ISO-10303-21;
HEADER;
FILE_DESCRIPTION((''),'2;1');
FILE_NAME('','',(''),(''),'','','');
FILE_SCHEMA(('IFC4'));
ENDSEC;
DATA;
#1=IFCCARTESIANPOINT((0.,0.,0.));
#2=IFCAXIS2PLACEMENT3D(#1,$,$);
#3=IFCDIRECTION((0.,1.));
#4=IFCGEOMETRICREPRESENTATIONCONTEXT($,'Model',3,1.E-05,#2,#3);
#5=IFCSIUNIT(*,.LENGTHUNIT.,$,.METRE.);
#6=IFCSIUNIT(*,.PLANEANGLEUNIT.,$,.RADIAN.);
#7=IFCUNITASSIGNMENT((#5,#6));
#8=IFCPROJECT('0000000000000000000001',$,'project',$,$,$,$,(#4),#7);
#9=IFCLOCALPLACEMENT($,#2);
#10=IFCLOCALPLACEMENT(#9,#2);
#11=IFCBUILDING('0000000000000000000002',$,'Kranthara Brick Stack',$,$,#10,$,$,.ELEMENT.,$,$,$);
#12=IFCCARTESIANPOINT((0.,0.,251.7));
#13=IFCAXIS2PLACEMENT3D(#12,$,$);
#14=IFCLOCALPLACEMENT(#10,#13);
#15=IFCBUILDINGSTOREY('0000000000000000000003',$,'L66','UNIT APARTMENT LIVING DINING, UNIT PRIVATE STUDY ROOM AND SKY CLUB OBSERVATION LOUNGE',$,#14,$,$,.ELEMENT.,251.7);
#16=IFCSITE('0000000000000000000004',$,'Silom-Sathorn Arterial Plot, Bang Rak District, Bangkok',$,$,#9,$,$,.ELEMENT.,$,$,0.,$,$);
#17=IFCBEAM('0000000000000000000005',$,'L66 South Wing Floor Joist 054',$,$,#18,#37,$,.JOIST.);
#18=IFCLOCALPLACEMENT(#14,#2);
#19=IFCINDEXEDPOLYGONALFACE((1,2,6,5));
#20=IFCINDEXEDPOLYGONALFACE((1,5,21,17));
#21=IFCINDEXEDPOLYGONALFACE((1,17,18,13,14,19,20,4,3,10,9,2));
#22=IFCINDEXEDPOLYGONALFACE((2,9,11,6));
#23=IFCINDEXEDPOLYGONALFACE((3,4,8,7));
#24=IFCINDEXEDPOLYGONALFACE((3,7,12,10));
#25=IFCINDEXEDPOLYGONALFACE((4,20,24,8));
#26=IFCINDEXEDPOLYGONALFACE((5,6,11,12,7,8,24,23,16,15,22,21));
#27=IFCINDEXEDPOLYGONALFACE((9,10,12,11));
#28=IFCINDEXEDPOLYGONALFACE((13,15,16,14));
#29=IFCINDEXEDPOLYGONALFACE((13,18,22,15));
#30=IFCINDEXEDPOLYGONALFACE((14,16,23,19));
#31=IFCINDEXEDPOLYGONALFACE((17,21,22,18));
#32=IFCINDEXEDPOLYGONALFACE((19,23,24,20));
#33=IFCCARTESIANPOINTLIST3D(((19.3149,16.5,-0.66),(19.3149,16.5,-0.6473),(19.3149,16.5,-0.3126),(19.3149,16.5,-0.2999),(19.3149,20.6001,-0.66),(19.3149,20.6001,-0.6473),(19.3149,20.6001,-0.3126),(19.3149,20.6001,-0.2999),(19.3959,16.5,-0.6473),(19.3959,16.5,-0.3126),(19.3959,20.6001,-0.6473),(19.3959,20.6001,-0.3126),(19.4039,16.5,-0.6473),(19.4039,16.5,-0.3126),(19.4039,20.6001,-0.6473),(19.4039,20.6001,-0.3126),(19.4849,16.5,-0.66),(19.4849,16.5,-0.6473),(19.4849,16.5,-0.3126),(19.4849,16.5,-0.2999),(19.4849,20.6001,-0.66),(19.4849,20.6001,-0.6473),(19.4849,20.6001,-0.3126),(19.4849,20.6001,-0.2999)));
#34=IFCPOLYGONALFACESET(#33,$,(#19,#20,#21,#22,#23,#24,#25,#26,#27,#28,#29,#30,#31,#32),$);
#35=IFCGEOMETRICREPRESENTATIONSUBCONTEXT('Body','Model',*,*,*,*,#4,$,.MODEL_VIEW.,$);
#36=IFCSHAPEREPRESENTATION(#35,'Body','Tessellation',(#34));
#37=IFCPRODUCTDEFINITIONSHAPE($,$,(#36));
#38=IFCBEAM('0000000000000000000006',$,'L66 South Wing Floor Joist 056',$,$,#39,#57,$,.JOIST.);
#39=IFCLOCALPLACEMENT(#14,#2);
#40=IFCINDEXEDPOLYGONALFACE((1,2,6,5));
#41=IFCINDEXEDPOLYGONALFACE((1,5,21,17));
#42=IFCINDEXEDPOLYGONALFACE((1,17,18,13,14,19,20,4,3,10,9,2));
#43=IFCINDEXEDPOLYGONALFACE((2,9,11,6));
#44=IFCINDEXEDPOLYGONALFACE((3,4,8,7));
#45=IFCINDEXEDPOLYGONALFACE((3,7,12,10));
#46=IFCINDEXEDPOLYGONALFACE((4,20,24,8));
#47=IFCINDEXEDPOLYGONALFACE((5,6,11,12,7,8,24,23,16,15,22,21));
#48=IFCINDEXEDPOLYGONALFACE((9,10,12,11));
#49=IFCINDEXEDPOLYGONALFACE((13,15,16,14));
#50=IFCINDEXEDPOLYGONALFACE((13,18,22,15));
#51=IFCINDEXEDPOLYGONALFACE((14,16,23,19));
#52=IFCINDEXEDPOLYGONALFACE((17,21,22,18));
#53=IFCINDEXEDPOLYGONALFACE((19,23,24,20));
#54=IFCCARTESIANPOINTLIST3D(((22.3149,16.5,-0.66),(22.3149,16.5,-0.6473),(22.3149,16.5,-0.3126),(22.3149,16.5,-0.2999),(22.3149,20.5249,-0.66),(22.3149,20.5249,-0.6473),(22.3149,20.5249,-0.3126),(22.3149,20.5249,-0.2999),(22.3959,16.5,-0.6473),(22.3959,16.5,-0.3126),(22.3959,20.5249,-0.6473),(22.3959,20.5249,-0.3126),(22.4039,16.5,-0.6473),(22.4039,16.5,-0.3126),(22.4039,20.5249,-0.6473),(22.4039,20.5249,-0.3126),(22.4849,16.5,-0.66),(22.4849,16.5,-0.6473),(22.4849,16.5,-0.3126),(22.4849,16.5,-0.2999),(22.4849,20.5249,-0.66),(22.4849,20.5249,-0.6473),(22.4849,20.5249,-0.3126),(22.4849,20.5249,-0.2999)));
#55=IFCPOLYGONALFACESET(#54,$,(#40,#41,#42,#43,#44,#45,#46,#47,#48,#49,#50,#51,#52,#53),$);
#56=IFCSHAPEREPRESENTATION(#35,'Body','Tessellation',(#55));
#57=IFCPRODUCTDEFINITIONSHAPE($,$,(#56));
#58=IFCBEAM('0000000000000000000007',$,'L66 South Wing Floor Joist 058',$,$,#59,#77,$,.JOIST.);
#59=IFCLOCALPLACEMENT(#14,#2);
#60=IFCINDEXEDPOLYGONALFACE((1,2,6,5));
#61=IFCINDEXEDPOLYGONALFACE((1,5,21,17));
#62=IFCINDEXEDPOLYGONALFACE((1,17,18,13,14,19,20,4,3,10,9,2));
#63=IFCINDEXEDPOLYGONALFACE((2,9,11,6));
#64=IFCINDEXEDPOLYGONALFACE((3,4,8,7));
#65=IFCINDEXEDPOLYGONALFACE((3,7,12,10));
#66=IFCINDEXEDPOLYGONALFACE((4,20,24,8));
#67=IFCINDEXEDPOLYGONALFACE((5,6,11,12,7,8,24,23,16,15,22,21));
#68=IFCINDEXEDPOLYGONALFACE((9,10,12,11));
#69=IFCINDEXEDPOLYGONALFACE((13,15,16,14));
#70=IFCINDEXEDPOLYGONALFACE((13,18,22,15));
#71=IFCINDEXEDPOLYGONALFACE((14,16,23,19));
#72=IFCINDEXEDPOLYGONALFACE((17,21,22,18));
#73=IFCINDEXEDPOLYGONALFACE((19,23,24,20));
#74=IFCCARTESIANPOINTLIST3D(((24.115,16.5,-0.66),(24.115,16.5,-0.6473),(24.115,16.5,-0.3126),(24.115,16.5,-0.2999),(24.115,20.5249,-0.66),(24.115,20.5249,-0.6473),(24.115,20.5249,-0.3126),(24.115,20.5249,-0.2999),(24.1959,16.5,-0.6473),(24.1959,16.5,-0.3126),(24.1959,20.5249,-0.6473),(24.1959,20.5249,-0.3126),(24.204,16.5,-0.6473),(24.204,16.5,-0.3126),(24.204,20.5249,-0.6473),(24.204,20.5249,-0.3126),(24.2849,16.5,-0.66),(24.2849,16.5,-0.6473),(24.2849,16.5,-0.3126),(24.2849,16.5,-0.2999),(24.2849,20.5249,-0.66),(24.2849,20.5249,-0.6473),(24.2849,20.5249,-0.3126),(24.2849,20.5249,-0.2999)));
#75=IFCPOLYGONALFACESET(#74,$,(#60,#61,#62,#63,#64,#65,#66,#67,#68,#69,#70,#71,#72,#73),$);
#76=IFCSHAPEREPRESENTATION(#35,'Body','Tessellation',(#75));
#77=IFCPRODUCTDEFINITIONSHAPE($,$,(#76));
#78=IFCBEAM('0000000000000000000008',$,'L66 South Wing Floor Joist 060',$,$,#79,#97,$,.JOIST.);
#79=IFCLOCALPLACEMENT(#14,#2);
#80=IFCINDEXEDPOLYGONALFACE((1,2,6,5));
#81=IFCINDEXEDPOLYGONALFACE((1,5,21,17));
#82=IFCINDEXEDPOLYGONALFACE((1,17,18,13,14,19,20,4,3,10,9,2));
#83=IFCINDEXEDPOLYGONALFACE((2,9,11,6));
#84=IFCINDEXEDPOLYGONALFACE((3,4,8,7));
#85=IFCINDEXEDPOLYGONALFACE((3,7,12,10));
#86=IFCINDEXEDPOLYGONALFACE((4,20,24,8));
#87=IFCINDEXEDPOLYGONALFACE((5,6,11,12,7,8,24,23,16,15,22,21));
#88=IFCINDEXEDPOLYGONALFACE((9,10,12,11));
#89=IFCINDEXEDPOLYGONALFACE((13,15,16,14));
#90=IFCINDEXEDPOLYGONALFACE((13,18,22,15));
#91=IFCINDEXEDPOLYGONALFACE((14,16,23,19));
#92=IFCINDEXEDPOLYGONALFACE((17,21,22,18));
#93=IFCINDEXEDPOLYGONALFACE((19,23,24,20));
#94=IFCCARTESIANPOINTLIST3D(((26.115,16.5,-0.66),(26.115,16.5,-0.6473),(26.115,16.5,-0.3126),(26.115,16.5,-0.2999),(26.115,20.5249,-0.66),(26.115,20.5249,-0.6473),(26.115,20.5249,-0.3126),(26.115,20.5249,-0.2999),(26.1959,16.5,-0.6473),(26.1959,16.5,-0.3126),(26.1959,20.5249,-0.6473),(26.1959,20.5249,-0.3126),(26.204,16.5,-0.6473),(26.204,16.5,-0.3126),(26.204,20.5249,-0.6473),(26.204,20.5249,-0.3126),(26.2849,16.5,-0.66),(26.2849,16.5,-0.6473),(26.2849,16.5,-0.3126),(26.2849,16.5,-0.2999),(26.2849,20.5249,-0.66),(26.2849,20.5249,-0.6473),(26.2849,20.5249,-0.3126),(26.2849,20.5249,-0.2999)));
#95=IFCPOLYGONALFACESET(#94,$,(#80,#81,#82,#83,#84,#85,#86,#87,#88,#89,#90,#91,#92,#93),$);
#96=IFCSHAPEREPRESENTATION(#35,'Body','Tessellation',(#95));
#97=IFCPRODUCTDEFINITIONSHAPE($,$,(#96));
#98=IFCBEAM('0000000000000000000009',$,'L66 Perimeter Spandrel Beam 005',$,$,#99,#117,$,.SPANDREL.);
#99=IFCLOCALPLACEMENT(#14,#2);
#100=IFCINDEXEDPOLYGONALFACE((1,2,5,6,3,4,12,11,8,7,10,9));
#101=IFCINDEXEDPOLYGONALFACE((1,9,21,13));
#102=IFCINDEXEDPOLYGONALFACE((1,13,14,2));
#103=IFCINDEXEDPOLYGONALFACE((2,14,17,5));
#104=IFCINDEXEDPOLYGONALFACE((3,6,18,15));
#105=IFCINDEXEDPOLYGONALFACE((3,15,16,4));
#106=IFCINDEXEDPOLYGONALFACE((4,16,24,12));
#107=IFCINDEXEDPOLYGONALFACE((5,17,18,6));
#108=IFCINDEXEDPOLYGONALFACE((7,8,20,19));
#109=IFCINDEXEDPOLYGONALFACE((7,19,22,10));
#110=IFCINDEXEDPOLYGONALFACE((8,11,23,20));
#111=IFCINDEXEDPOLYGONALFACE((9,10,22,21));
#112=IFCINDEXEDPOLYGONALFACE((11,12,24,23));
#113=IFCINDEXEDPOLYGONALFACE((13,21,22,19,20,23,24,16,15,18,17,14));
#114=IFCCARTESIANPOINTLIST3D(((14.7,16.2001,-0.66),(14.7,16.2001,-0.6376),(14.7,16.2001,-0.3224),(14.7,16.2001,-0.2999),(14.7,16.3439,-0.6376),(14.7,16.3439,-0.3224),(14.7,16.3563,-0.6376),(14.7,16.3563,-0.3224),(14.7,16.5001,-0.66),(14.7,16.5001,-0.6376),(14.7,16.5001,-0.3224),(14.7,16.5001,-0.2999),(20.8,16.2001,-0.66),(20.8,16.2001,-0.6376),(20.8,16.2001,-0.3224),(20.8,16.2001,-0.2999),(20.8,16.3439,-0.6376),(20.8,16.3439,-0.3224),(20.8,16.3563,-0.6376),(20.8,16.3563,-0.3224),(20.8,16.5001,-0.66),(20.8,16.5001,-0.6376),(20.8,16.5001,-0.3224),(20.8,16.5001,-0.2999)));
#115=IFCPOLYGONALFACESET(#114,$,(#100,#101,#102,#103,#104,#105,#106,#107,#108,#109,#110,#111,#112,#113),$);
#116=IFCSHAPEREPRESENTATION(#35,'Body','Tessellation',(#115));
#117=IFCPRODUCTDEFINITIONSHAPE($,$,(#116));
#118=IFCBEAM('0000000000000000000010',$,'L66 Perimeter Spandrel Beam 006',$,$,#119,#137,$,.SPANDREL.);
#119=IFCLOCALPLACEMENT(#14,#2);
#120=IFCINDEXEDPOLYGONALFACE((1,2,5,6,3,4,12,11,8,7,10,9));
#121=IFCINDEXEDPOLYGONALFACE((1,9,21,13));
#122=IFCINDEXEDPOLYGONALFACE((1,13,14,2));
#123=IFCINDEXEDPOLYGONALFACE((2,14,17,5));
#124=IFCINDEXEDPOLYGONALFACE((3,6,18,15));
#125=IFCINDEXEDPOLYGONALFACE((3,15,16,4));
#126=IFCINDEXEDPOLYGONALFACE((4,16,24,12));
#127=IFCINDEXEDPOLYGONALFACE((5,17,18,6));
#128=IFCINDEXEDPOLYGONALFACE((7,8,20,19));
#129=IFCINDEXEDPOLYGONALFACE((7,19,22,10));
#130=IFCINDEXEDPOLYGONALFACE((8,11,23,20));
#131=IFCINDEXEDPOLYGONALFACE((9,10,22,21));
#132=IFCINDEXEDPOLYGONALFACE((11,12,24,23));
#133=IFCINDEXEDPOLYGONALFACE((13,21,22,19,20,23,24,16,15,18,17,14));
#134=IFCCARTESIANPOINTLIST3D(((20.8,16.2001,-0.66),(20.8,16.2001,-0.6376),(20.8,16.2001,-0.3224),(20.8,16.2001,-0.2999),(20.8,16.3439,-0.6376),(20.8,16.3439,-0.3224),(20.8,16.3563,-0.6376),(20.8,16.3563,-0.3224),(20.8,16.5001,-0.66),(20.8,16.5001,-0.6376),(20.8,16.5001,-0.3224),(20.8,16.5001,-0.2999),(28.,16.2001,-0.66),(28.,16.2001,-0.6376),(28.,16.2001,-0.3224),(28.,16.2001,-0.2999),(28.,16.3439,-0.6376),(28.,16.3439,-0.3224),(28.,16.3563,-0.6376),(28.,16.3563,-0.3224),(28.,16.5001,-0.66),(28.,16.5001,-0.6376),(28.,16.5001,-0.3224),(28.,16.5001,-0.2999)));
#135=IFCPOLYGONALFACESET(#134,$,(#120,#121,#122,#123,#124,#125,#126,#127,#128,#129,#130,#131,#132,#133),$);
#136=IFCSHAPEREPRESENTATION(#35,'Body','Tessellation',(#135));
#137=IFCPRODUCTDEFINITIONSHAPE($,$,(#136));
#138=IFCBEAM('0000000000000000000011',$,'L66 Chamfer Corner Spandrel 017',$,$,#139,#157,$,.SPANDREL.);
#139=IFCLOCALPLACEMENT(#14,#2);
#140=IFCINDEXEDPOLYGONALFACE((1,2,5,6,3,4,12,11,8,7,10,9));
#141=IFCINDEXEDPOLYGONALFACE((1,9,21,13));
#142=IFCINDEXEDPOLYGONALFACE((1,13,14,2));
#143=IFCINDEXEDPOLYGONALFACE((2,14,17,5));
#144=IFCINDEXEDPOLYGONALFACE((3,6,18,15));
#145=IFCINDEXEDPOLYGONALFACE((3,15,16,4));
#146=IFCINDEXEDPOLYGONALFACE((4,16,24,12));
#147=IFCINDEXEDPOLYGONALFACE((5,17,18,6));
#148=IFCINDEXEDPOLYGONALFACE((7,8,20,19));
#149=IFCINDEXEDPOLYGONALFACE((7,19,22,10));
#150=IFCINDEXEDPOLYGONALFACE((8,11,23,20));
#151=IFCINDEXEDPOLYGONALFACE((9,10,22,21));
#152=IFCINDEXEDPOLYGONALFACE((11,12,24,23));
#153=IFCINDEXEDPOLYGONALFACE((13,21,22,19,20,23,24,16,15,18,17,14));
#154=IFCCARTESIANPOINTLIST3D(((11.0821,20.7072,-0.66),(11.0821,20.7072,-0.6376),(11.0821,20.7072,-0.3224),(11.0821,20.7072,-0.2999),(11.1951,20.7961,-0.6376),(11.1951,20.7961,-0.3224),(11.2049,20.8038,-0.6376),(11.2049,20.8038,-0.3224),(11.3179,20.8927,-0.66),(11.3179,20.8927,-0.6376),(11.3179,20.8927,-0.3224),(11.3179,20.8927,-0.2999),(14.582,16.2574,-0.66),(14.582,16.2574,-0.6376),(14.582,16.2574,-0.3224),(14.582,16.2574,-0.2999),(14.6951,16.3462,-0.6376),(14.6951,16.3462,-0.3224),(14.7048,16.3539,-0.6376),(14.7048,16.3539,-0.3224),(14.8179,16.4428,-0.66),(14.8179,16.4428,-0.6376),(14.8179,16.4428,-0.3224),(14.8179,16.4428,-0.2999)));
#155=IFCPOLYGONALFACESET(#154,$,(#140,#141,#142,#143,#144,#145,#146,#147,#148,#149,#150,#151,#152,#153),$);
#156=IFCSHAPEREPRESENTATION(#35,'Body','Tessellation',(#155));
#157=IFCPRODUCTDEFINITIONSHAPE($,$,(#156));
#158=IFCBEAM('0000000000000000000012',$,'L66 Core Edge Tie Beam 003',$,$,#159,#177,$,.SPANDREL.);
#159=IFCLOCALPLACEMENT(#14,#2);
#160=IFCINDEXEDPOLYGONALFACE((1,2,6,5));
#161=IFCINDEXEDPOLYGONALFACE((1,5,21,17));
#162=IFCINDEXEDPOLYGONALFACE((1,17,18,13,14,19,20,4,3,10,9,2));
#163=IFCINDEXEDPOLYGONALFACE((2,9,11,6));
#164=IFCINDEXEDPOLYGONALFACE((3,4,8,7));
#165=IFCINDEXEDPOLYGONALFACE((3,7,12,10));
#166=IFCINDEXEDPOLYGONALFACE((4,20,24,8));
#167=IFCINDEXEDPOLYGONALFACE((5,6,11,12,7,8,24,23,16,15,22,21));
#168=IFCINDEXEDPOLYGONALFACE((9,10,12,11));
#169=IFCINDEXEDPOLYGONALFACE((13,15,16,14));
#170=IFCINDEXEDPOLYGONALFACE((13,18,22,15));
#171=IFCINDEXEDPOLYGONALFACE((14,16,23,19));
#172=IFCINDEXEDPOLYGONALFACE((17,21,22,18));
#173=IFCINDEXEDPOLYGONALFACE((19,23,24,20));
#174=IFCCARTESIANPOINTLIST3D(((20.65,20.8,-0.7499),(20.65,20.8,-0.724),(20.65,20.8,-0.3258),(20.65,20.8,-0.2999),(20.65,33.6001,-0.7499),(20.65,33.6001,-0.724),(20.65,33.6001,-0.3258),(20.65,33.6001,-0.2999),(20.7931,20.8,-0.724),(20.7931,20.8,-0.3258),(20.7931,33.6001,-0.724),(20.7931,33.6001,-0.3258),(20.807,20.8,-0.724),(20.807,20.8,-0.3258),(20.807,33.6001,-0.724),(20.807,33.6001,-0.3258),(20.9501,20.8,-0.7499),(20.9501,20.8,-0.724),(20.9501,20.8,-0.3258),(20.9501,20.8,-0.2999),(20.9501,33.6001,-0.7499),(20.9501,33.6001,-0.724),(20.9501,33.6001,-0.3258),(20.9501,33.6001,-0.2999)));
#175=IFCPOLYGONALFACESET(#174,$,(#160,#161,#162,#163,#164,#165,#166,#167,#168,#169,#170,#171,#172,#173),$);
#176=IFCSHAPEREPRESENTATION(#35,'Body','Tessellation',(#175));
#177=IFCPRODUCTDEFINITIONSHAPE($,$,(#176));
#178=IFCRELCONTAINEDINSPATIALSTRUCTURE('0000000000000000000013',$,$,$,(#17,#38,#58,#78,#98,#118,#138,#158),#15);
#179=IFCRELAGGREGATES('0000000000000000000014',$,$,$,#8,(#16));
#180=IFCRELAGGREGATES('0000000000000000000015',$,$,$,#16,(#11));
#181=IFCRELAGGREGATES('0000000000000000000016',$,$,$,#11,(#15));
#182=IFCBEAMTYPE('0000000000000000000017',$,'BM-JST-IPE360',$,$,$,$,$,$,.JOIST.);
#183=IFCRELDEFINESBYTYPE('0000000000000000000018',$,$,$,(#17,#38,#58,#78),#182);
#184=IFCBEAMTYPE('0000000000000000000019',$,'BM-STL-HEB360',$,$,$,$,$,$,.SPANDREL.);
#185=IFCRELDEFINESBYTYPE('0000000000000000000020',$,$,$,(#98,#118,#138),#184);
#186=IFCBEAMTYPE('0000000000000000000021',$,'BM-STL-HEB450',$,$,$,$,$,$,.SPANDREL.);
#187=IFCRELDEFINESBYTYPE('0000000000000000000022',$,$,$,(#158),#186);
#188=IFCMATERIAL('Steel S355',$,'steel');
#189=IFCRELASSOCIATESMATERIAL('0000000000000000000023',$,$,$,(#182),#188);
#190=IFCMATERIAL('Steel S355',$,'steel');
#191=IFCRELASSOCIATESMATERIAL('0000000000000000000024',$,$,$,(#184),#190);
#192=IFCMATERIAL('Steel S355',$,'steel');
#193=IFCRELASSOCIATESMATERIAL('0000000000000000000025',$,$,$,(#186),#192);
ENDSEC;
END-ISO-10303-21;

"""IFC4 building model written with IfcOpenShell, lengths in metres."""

from ifc_helpers import new_model, si_unit, direction, frame, origin, origin_2d, place, context, subcontext, project, spatial, i_section, extrude, material, material_profile, profile_set, type_object, element, save


model = new_model("IFC4")

# Units and contexts
model_context = context("Model", 3, precision=1e-05, world=origin(), true_north=direction((0.0, 1.0)))
body_context = subcontext(model_context, "Body", "Model", "MODEL_VIEW")
ifc_project = project(units=[si_unit("LENGTHUNIT", "METRE"), si_unit("PLANEANGLEUNIT", "RADIAN")], contexts=[model_context])

# Site, building, storey
site_placement = place(None, origin())
site = spatial("IfcSite", under=ifc_project, at=site_placement, Name="Silom-Sathorn Arterial Plot, Bang Rak District, Bangkok", CompositionType="ELEMENT", RefElevation=0.0)
building_placement = place(site_placement, origin())
building = spatial("IfcBuilding", under=site, at=building_placement, Name="Kranthara Brick Stack", CompositionType="ELEMENT")
storey_placement = place(building_placement, frame((0.0, 0.0, 251.7)))
storey = spatial("IfcBuildingStorey", under=building, at=storey_placement, Name="L66", Description="UNIT APARTMENT LIVING DINING, UNIT PRIVATE STUDY ROOM AND SKY CLUB OBSERVATION LOUNGE", CompositionType="ELEMENT", Elevation=251.7)

# Beams
ifc_material_1 = material(Name="Steel S355", Category="steel")
ifc_material_profile_1 = material_profile(ifc_material_1, i_section(OverallWidth=0.1699, OverallDepth=0.3601, WebThickness=0.0081, FlangeThickness=0.0127, at=origin_2d()), Name="IPE 360")
ifc_profile_set_1 = profile_set([ifc_material_profile_1], Name="Steel S355")
beam_type_1 = type_object("IfcBeamType", Name="BM-JST-IPE360", PredefinedType="JOIST", material=ifc_profile_set_1)
for number, where, z_axis, x_axis, name in (
    (1, (19.3999, 16.5, -0.48), (0.0, 1.0, 0.0), (-1.0, 0.0, 0.0), "L66 South Wing Floor Joist 054"),
):
    element("IfcBeam", number, at=place(storey_placement, frame(where, z_axis=z_axis, x_axis=x_axis)), inside=storey, type_object=beam_type_1, Name=name, PredefinedType="JOIST", context=body_context, shape_type="SweptSolid", body=[
        extrude(i_section(OverallWidth=0.1699, OverallDepth=0.3601, WebThickness=0.0081, FlangeThickness=0.0127, at=origin_2d()), origin(), (0.0, 0.0, 1.0), 4.1001),
    ])
for number, where, z_axis, x_axis, name in (
    (2, (22.3999, 16.5, -0.48), (0.0, 1.0, 0.0), (-1.0, 0.0, 0.0), "L66 South Wing Floor Joist 056"),
    (3, (24.2, 16.5, -0.48), (0.0, 1.0, 0.0), (-1.0, 0.0, 0.0), "L66 South Wing Floor Joist 058"),
    (4, (26.2, 16.5, -0.48), (0.0, 1.0, 0.0), (-1.0, 0.0, 0.0), "L66 South Wing Floor Joist 060"),
):
    element("IfcBeam", number, at=place(storey_placement, frame(where, z_axis=z_axis, x_axis=x_axis)), inside=storey, type_object=beam_type_1, Name=name, PredefinedType="JOIST", context=body_context, shape_type="SweptSolid", body=[
        extrude(i_section(OverallWidth=0.1699, OverallDepth=0.3601, WebThickness=0.0081, FlangeThickness=0.0127, at=origin_2d()), origin(), (0.0, 0.0, 1.0), 4.0249),
    ])
ifc_material_2 = material(Name="Steel S355", Category="steel")
ifc_material_profile_2 = material_profile(ifc_material_2, i_section(OverallWidth=0.3, OverallDepth=0.3601, WebThickness=0.0125, FlangeThickness=0.0225, at=origin_2d()), Name="HEB 360")
ifc_profile_set_2 = profile_set([ifc_material_profile_2], Name="Steel S355")
beam_type_2 = type_object("IfcBeamType", Name="BM-STL-HEB360", PredefinedType="SPANDREL", material=ifc_profile_set_2)
beam_1_placement = place(storey_placement, frame((14.7, 16.3501, -0.48), z_axis=(1.0, 0.0, 0.0), x_axis=(0.0, 1.0, 0.0)))
element("IfcBeam", 5, at=beam_1_placement, inside=storey, type_object=beam_type_2, Name="L66 Perimeter Spandrel Beam 005", PredefinedType="SPANDREL", context=body_context, shape_type="SweptSolid", body=[
    extrude(i_section(OverallWidth=0.3, OverallDepth=0.3601, WebThickness=0.0125, FlangeThickness=0.0225, at=origin_2d()), origin(), (0.0, 0.0, 1.0), 6.1001),
])
beam_2_placement = place(storey_placement, frame((20.8, 16.3501, -0.48), z_axis=(1.0, 0.0, 0.0), x_axis=(0.0, 1.0, 0.0)))
element("IfcBeam", 6, at=beam_2_placement, inside=storey, type_object=beam_type_2, Name="L66 Perimeter Spandrel Beam 006", PredefinedType="SPANDREL", context=body_context, shape_type="SweptSolid", body=[
    extrude(i_section(OverallWidth=0.3, OverallDepth=0.3601, WebThickness=0.0125, FlangeThickness=0.0225, at=origin_2d()), origin(), (0.0, 0.0, 1.0), 7.2),
])
beam_3_placement = place(storey_placement, frame((14.7, 16.3501, -0.48), z_axis=(-0.618216, 0.786008, 0.0), x_axis=(-0.786008, -0.618216, 0.0)))
element("IfcBeam", 7, at=beam_3_placement, inside=storey, type_object=beam_type_2, Name="L66 Chamfer Corner Spandrel 017", PredefinedType="SPANDREL", context=body_context, shape_type="SweptSolid", body=[
    extrude(i_section(OverallWidth=0.3, OverallDepth=0.3601, WebThickness=0.0125, FlangeThickness=0.0225, at=origin_2d()), origin(), (0.0, 0.0, 1.0), 5.6614),
])
ifc_material_3 = material(Name="Steel S355", Category="steel")
ifc_material_profile_3 = material_profile(ifc_material_3, i_section(OverallWidth=0.3, OverallDepth=0.45, WebThickness=0.0139, FlangeThickness=0.0259, at=origin_2d()), Name="HEB 450")
ifc_profile_set_3 = profile_set([ifc_material_profile_3], Name="Steel S355")
beam_type_3 = type_object("IfcBeamType", Name="BM-STL-HEB450", PredefinedType="SPANDREL", material=ifc_profile_set_3)
beam_4_placement = place(storey_placement, frame((20.8, 20.8, -0.5249), z_axis=(0.0, 1.0, 0.0), x_axis=(-1.0, 0.0, 0.0)))
element("IfcBeam", 8, at=beam_4_placement, inside=storey, type_object=beam_type_3, Name="L66 Core Edge Tie Beam 003", PredefinedType="SPANDREL", context=body_context, shape_type="SweptSolid", body=[
    extrude(i_section(OverallWidth=0.3, OverallDepth=0.45, WebThickness=0.0139, FlangeThickness=0.0259, at=origin_2d()), origin(), (0.0, 0.0, 1.0), 12.8),
])

save(model, "model.ifc")
